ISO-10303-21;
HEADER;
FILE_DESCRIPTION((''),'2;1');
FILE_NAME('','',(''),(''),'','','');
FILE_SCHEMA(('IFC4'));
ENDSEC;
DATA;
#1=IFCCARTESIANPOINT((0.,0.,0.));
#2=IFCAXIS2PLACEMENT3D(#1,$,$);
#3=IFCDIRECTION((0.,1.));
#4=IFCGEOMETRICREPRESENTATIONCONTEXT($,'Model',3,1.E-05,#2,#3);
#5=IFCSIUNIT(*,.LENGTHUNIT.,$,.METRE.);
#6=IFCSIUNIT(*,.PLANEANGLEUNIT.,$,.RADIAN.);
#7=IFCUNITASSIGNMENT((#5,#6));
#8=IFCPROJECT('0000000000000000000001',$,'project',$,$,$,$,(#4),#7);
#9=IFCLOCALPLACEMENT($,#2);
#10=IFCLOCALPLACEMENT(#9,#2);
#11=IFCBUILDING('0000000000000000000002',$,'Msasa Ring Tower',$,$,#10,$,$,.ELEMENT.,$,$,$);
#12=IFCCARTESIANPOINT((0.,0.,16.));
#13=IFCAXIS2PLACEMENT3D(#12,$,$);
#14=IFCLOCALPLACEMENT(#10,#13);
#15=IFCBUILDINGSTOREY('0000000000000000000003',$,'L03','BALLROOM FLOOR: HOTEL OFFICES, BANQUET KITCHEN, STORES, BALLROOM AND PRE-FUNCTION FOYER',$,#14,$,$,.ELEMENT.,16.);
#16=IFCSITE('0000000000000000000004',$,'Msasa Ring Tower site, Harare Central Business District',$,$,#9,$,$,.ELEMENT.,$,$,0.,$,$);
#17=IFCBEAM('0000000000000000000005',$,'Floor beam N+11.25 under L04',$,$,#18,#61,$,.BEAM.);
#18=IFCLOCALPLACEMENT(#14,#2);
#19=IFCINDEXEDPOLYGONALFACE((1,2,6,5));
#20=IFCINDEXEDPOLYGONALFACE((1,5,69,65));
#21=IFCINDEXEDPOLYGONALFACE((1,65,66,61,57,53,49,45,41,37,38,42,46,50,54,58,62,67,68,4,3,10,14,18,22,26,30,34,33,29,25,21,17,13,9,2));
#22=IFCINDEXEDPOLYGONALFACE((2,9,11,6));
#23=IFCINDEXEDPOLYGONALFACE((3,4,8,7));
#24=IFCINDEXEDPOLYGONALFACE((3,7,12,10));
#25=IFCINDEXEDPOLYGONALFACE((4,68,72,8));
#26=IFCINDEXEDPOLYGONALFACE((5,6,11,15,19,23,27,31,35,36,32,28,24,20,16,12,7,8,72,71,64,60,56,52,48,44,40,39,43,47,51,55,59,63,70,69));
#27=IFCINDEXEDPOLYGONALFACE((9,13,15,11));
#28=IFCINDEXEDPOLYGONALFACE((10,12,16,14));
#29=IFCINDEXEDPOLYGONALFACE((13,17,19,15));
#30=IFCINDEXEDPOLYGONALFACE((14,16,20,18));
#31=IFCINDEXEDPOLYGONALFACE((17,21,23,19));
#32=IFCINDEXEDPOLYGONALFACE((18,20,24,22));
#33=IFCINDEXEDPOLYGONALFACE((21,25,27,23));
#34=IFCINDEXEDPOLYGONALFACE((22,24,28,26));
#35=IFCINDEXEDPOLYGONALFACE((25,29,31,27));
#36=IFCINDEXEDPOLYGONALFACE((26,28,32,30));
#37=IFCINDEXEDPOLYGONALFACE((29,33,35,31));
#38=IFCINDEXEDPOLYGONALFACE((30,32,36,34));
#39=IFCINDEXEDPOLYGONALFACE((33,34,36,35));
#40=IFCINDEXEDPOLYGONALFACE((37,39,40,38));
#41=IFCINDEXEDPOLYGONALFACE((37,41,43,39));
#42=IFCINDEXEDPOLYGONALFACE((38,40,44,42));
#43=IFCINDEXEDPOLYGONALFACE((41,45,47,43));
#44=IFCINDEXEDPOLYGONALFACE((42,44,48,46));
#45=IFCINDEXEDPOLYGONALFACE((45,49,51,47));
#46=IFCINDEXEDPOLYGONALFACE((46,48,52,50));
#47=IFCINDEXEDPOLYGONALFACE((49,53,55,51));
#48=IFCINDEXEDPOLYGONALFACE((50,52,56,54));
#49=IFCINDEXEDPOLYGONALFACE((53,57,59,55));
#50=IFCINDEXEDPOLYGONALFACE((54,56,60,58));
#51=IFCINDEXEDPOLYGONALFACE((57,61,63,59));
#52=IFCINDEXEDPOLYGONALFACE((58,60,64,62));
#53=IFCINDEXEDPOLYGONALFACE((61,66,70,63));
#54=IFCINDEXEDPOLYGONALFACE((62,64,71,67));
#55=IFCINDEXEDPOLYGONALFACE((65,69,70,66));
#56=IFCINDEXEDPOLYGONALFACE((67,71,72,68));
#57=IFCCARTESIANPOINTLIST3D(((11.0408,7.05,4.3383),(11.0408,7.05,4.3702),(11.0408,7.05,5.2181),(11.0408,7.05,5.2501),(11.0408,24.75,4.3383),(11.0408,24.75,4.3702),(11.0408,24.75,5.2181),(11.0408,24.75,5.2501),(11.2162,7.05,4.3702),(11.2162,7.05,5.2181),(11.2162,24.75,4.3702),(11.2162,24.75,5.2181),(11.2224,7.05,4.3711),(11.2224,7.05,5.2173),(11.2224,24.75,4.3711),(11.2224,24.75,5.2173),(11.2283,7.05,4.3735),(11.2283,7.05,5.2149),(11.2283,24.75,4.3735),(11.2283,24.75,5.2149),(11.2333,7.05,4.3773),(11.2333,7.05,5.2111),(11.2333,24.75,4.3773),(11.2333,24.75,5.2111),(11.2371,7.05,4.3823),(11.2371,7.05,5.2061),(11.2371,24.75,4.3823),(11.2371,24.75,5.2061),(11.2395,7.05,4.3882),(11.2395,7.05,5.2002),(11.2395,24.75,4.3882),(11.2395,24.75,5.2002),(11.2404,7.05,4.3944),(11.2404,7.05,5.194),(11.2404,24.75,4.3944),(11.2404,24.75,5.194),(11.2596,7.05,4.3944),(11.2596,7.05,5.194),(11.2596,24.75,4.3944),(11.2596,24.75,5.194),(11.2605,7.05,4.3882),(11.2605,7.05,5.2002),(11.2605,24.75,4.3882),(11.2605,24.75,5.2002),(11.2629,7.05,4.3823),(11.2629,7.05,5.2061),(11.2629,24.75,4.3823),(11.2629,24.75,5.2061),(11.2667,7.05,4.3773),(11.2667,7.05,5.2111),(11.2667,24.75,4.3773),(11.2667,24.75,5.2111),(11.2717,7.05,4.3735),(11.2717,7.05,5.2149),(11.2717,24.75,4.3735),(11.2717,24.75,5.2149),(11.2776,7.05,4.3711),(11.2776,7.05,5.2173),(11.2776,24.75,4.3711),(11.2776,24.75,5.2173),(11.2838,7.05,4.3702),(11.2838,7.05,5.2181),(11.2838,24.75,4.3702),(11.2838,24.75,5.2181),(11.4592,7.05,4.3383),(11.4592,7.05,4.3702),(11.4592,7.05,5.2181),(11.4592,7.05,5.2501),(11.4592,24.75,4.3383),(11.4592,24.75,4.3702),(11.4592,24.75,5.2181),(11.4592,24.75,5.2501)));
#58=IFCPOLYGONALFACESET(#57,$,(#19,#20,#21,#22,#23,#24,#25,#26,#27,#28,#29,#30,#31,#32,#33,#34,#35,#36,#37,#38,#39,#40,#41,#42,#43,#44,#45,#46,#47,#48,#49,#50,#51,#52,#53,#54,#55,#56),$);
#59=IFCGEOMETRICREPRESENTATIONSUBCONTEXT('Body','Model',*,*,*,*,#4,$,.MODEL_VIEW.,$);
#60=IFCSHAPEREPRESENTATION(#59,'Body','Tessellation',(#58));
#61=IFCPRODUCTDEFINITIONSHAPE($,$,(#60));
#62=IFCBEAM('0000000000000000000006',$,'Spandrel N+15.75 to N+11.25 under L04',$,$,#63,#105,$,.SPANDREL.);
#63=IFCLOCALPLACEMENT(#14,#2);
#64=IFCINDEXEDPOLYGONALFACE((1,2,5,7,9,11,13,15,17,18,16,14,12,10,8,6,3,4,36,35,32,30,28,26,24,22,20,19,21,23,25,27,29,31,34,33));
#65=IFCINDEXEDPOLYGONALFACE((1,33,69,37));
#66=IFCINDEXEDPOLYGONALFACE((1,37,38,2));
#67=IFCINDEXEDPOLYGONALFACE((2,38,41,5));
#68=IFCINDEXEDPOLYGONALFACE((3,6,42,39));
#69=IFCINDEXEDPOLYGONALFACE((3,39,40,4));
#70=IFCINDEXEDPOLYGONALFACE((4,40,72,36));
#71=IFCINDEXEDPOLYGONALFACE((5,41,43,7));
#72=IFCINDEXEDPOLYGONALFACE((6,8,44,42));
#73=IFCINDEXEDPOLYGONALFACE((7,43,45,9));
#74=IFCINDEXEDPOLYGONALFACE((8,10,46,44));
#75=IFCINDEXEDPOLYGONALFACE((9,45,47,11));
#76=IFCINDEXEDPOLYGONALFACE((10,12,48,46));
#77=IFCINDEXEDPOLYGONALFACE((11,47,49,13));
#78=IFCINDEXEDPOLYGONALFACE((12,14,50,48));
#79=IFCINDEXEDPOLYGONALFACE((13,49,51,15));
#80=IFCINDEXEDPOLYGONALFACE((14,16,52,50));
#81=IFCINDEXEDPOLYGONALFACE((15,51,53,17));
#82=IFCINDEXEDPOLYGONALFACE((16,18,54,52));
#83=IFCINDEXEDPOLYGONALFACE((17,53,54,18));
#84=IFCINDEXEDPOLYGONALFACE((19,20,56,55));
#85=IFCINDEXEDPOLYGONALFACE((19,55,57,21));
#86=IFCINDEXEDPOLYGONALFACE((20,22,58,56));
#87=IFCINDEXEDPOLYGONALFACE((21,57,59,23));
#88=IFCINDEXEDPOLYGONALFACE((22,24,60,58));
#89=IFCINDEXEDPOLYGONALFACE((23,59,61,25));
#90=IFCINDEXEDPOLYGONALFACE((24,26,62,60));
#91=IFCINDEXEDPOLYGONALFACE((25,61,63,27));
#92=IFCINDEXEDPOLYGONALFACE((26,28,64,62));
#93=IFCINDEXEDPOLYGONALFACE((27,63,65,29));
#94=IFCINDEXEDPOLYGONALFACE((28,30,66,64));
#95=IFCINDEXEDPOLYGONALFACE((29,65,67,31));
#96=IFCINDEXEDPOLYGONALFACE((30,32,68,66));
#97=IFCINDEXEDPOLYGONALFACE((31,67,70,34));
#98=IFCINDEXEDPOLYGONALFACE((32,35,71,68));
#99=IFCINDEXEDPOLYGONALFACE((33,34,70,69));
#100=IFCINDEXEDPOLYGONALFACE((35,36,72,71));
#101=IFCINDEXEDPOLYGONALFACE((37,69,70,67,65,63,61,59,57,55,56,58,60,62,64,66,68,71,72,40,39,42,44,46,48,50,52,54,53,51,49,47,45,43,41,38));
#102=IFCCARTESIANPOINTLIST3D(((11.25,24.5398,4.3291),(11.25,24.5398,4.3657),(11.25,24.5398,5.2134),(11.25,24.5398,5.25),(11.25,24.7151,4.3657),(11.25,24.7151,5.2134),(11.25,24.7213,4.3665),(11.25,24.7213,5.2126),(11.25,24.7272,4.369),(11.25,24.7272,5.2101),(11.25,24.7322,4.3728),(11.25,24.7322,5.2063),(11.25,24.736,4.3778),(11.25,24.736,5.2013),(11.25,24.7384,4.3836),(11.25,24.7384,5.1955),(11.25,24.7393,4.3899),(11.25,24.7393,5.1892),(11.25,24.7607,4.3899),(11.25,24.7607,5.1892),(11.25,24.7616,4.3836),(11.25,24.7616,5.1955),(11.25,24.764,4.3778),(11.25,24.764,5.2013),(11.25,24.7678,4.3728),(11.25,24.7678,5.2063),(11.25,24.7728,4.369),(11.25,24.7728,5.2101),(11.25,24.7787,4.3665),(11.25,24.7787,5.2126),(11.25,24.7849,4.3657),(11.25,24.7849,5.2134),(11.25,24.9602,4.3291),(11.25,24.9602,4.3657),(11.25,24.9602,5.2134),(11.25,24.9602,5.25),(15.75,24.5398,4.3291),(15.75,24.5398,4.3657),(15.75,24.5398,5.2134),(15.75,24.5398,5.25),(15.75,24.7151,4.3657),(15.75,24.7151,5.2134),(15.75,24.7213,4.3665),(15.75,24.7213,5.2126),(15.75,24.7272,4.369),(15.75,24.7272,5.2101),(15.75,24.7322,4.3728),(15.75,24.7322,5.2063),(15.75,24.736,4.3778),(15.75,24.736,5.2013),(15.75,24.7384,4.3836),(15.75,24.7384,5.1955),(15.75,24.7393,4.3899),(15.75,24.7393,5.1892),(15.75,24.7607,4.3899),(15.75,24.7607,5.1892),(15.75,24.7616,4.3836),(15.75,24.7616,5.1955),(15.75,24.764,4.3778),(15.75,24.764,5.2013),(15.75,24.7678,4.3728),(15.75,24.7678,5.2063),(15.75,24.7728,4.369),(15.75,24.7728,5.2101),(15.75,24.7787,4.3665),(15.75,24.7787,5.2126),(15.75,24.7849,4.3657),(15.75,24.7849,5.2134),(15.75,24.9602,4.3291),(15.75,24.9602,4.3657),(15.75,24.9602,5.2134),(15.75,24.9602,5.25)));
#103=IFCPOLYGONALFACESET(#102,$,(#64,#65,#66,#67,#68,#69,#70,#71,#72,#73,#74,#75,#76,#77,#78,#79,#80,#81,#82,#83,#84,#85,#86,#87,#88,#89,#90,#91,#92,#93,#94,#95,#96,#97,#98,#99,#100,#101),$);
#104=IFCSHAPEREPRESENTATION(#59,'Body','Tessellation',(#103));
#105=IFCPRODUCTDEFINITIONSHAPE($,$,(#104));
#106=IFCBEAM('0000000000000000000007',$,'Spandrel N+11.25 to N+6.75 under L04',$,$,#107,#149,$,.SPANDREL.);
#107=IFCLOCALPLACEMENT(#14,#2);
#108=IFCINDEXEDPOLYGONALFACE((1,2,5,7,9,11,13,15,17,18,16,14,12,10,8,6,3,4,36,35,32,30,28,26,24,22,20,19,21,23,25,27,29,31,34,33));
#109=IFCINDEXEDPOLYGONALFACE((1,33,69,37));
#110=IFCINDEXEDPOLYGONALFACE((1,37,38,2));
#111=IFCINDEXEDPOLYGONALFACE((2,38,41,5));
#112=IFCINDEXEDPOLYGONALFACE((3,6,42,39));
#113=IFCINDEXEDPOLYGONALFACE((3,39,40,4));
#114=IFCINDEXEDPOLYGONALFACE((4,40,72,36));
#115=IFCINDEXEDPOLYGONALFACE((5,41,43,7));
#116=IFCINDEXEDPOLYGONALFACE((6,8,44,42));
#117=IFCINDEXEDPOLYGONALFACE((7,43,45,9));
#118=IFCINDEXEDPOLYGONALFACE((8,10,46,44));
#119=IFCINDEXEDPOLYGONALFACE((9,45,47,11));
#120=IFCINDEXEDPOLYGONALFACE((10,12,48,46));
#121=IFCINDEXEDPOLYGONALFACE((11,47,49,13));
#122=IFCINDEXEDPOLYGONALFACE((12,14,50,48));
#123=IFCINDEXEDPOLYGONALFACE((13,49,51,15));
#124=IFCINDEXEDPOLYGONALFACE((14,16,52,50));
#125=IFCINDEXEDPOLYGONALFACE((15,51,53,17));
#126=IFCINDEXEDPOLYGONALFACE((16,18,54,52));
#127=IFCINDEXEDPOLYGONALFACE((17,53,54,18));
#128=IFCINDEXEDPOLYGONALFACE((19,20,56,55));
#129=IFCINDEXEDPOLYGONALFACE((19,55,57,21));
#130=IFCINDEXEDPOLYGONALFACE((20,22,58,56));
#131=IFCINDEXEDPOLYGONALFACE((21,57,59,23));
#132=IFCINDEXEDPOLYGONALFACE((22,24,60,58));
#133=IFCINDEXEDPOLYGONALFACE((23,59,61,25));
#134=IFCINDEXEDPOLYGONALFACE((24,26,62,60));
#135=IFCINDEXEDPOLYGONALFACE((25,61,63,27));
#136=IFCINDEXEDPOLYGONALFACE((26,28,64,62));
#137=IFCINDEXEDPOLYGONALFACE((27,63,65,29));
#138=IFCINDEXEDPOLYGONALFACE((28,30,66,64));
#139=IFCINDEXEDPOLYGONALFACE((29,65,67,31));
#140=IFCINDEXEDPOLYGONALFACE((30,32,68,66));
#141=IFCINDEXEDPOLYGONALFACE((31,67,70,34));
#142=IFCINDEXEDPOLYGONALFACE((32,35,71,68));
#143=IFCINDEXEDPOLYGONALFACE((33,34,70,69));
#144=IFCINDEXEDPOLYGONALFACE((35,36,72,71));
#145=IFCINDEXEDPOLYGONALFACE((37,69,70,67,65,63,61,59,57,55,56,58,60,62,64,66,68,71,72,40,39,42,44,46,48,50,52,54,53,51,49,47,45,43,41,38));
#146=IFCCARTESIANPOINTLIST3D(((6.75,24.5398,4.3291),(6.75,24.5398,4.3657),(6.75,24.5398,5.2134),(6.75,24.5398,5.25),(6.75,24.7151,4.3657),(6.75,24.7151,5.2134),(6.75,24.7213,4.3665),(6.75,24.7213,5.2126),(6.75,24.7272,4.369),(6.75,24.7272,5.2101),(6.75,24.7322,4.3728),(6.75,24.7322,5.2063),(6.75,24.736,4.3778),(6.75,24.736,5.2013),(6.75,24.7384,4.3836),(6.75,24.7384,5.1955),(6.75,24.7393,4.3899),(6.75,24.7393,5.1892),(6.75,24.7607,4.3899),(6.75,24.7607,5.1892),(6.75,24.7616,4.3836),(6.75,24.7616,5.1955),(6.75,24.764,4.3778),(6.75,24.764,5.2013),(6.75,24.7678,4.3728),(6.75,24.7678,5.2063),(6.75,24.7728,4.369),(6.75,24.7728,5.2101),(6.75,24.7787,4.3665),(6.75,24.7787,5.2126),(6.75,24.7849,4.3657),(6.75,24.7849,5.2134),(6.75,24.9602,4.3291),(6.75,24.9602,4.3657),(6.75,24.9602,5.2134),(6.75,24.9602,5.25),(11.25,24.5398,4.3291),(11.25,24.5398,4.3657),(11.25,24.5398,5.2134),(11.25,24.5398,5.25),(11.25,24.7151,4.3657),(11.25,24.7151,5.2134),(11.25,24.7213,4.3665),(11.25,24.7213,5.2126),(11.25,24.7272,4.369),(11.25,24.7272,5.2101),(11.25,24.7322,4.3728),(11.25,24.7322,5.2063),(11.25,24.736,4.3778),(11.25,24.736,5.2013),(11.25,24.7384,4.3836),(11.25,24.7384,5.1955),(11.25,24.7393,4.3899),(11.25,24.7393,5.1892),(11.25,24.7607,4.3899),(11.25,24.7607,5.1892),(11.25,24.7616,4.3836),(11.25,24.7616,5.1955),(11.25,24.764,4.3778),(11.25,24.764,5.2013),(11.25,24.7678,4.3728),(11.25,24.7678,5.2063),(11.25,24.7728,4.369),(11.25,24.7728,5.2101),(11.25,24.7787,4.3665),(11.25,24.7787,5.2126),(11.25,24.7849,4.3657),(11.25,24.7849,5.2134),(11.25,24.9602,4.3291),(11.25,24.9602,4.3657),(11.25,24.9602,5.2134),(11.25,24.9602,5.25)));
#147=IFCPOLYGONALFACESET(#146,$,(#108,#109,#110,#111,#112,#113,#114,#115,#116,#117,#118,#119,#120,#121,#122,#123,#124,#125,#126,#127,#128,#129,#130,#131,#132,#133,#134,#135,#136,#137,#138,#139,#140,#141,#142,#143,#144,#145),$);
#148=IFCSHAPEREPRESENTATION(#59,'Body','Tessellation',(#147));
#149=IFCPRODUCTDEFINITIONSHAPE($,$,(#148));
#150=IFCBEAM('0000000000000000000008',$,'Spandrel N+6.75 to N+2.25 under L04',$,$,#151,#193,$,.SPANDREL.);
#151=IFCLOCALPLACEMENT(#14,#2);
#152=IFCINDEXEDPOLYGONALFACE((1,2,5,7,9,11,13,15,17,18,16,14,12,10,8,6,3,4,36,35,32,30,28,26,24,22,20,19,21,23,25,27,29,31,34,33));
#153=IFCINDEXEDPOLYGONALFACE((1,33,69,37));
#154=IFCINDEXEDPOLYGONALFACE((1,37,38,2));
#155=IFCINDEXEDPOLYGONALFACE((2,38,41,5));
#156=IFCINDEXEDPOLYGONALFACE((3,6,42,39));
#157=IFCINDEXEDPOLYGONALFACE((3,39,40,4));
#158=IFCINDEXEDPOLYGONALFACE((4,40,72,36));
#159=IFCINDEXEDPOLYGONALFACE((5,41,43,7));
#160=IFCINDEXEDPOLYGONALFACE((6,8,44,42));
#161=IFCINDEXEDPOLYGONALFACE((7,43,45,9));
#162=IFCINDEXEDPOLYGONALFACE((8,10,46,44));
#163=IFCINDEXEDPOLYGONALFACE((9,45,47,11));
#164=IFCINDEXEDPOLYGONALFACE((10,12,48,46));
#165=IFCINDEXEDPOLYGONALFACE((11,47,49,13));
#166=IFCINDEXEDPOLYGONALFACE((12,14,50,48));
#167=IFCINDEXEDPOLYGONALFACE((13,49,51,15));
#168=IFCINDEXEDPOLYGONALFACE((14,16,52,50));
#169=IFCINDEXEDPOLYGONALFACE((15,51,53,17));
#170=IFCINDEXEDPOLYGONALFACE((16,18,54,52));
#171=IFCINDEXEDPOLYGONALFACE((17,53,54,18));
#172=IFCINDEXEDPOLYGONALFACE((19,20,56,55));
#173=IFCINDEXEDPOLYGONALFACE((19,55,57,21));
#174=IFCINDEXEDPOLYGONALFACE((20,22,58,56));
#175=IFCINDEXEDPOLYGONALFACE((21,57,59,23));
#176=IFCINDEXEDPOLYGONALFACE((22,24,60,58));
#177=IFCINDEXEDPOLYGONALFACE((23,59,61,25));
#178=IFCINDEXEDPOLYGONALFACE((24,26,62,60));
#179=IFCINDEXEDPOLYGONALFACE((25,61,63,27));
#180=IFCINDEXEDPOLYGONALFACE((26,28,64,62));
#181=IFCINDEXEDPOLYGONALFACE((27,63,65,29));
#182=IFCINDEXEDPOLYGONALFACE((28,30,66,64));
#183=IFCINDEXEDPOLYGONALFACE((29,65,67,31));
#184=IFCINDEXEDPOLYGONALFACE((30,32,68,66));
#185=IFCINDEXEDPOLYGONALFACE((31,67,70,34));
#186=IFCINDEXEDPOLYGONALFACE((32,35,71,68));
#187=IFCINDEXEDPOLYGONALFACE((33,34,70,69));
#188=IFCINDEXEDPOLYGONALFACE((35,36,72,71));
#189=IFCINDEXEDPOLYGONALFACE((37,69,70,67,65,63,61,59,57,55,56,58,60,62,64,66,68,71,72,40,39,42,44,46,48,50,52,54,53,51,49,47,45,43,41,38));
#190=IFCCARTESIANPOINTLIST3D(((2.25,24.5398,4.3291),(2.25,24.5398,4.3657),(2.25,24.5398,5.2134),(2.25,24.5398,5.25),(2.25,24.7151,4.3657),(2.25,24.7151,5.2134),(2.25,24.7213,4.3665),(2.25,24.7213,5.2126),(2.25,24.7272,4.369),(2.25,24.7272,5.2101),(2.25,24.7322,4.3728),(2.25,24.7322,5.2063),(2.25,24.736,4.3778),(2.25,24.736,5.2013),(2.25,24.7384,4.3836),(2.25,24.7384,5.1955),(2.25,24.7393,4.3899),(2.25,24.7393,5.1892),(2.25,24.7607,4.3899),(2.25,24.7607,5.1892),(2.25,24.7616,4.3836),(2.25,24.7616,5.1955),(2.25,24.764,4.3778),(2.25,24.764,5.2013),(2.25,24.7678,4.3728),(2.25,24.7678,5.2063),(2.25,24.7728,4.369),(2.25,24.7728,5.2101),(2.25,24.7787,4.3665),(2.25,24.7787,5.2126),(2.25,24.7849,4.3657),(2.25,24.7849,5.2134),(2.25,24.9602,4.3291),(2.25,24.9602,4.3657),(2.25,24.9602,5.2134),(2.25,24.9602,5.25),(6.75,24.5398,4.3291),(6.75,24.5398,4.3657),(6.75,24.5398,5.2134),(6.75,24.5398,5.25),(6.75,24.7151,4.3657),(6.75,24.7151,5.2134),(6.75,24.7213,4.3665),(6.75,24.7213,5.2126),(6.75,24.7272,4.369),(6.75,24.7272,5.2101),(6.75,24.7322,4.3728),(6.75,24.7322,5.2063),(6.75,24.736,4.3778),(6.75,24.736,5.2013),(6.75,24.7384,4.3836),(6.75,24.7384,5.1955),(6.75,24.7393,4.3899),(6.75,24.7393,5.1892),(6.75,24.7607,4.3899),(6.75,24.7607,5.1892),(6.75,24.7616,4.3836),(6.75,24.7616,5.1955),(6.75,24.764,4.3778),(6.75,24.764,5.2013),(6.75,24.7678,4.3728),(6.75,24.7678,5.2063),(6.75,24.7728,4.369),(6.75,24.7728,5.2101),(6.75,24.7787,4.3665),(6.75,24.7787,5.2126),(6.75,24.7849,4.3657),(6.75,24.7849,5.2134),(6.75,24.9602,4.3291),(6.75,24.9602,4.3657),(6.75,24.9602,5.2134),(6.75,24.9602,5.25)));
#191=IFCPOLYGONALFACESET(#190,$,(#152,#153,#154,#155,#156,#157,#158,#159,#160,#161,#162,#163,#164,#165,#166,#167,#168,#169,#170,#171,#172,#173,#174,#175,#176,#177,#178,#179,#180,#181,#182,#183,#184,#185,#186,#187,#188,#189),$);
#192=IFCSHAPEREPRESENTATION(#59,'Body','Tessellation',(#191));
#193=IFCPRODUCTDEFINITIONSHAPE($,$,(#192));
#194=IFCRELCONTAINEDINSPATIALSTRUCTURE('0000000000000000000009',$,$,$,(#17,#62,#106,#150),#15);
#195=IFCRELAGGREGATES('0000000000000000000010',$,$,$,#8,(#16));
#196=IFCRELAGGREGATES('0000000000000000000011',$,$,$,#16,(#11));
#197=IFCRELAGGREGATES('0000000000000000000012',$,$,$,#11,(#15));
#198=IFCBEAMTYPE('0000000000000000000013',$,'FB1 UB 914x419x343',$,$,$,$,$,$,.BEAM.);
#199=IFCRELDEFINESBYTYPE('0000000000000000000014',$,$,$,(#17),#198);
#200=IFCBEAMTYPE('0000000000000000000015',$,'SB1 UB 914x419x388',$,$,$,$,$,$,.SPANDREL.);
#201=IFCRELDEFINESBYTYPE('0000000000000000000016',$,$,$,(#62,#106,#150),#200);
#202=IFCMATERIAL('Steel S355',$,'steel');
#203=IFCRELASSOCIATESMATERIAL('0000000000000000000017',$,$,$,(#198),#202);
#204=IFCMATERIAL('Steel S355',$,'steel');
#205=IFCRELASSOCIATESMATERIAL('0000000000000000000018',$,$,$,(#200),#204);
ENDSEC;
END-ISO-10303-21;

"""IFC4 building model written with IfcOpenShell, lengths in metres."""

from ifc_helpers import new_model, si_unit, direction, frame, origin, origin_2d, place, context, subcontext, project, spatial, i_section, extrude, material, material_profile, profile_set, type_object, element, save


model = new_model("IFC4")

# Units and contexts
model_context = context("Model", 3, precision=1e-05, world=origin(), true_north=direction((0.0, 1.0)))
body_context = subcontext(model_context, "Body", "Model", "MODEL_VIEW")
ifc_project = project(units=[si_unit("LENGTHUNIT", "METRE"), si_unit("PLANEANGLEUNIT", "RADIAN")], contexts=[model_context])

# Site, building, storey
site_placement = place(None, origin())
site = spatial("IfcSite", under=ifc_project, at=site_placement, Name="Msasa Ring Tower site, Harare Central Business District", CompositionType="ELEMENT", RefElevation=0.0)
building_placement = place(site_placement, origin())
building = spatial("IfcBuilding", under=site, at=building_placement, Name="Msasa Ring Tower", CompositionType="ELEMENT")
storey_placement = place(building_placement, frame((0.0, 0.0, 16.0)))
storey = spatial("IfcBuildingStorey", under=building, at=storey_placement, Name="L03", Description="BALLROOM FLOOR: HOTEL OFFICES, BANQUET KITCHEN, STORES, BALLROOM AND PRE-FUNCTION FOYER", CompositionType="ELEMENT", Elevation=16.0)

# Beams
ifc_material_1 = material(Name="Steel S355", Category="steel")
ifc_material_profile_1 = material_profile(ifc_material_1, i_section(OverallWidth=0.4185, OverallDepth=0.9119, WebThickness=0.0193, FlangeThickness=0.032, FilletRadius=0.0242, at=origin_2d()), Name="UB 914x419x343")
ifc_profile_set_1 = profile_set([ifc_material_profile_1], Name="Steel S355")
beam_type_1 = type_object("IfcBeamType", Name="FB1 UB 914x419x343", PredefinedType="BEAM", material=ifc_profile_set_1)
beam_placement = place(storey_placement, frame((11.25, 24.75, 4.7942), z_axis=(0.0, -1.0, 0.0), x_axis=(1.0, 0.0, 0.0)))
element("IfcBeam", 1, at=beam_placement, inside=storey, type_object=beam_type_1, Name="Floor beam N+11.25 under L04", PredefinedType="BEAM", context=body_context, shape_type="SweptSolid", body=[
    extrude(i_section(OverallWidth=0.4185, OverallDepth=0.9119, WebThickness=0.0193, FlangeThickness=0.032, FilletRadius=0.0242, at=origin_2d()), origin(), (0.0, 0.0, 1.0), 17.7),
])
ifc_material_2 = material(Name="Steel S355", Category="steel")
ifc_material_profile_2 = material_profile(ifc_material_2, i_section(OverallWidth=0.4204, OverallDepth=0.9209, WebThickness=0.0215, FlangeThickness=0.0366, FilletRadius=0.0242, at=origin_2d()), Name="UB 914x419x388")
ifc_profile_set_2 = profile_set([ifc_material_profile_2], Name="Steel S355")
beam_type_2 = type_object("IfcBeamType", Name="SB1 UB 914x419x388", PredefinedType="SPANDREL", material=ifc_profile_set_2)
for number, where, z_axis, x_axis, name in (
    (2, (15.75, 24.75, 4.7896), (-1.0, 0.0, 0.0), (0.0, -1.0, 0.0), "Spandrel N+15.75 to N+11.25 under L04"),
    (3, (11.25, 24.75, 4.7896), (-1.0, 0.0, 0.0), (0.0, -1.0, 0.0), "Spandrel N+11.25 to N+6.75 under L04"),
    (4, (6.75, 24.75, 4.7896), (-1.0, 0.0, 0.0), (0.0, -1.0, 0.0), "Spandrel N+6.75 to N+2.25 under L04"),
):
    element("IfcBeam", number, at=place(storey_placement, frame(where, z_axis=z_axis, x_axis=x_axis)), inside=storey, type_object=beam_type_2, Name=name, PredefinedType="SPANDREL", context=body_context, shape_type="SweptSolid", body=[
        extrude(i_section(OverallWidth=0.4204, OverallDepth=0.9209, WebThickness=0.0215, FlangeThickness=0.0366, FilletRadius=0.0242, at=origin_2d()), origin(), (0.0, 0.0, 1.0), 4.5),
    ])

save(model, "model.ifc")
